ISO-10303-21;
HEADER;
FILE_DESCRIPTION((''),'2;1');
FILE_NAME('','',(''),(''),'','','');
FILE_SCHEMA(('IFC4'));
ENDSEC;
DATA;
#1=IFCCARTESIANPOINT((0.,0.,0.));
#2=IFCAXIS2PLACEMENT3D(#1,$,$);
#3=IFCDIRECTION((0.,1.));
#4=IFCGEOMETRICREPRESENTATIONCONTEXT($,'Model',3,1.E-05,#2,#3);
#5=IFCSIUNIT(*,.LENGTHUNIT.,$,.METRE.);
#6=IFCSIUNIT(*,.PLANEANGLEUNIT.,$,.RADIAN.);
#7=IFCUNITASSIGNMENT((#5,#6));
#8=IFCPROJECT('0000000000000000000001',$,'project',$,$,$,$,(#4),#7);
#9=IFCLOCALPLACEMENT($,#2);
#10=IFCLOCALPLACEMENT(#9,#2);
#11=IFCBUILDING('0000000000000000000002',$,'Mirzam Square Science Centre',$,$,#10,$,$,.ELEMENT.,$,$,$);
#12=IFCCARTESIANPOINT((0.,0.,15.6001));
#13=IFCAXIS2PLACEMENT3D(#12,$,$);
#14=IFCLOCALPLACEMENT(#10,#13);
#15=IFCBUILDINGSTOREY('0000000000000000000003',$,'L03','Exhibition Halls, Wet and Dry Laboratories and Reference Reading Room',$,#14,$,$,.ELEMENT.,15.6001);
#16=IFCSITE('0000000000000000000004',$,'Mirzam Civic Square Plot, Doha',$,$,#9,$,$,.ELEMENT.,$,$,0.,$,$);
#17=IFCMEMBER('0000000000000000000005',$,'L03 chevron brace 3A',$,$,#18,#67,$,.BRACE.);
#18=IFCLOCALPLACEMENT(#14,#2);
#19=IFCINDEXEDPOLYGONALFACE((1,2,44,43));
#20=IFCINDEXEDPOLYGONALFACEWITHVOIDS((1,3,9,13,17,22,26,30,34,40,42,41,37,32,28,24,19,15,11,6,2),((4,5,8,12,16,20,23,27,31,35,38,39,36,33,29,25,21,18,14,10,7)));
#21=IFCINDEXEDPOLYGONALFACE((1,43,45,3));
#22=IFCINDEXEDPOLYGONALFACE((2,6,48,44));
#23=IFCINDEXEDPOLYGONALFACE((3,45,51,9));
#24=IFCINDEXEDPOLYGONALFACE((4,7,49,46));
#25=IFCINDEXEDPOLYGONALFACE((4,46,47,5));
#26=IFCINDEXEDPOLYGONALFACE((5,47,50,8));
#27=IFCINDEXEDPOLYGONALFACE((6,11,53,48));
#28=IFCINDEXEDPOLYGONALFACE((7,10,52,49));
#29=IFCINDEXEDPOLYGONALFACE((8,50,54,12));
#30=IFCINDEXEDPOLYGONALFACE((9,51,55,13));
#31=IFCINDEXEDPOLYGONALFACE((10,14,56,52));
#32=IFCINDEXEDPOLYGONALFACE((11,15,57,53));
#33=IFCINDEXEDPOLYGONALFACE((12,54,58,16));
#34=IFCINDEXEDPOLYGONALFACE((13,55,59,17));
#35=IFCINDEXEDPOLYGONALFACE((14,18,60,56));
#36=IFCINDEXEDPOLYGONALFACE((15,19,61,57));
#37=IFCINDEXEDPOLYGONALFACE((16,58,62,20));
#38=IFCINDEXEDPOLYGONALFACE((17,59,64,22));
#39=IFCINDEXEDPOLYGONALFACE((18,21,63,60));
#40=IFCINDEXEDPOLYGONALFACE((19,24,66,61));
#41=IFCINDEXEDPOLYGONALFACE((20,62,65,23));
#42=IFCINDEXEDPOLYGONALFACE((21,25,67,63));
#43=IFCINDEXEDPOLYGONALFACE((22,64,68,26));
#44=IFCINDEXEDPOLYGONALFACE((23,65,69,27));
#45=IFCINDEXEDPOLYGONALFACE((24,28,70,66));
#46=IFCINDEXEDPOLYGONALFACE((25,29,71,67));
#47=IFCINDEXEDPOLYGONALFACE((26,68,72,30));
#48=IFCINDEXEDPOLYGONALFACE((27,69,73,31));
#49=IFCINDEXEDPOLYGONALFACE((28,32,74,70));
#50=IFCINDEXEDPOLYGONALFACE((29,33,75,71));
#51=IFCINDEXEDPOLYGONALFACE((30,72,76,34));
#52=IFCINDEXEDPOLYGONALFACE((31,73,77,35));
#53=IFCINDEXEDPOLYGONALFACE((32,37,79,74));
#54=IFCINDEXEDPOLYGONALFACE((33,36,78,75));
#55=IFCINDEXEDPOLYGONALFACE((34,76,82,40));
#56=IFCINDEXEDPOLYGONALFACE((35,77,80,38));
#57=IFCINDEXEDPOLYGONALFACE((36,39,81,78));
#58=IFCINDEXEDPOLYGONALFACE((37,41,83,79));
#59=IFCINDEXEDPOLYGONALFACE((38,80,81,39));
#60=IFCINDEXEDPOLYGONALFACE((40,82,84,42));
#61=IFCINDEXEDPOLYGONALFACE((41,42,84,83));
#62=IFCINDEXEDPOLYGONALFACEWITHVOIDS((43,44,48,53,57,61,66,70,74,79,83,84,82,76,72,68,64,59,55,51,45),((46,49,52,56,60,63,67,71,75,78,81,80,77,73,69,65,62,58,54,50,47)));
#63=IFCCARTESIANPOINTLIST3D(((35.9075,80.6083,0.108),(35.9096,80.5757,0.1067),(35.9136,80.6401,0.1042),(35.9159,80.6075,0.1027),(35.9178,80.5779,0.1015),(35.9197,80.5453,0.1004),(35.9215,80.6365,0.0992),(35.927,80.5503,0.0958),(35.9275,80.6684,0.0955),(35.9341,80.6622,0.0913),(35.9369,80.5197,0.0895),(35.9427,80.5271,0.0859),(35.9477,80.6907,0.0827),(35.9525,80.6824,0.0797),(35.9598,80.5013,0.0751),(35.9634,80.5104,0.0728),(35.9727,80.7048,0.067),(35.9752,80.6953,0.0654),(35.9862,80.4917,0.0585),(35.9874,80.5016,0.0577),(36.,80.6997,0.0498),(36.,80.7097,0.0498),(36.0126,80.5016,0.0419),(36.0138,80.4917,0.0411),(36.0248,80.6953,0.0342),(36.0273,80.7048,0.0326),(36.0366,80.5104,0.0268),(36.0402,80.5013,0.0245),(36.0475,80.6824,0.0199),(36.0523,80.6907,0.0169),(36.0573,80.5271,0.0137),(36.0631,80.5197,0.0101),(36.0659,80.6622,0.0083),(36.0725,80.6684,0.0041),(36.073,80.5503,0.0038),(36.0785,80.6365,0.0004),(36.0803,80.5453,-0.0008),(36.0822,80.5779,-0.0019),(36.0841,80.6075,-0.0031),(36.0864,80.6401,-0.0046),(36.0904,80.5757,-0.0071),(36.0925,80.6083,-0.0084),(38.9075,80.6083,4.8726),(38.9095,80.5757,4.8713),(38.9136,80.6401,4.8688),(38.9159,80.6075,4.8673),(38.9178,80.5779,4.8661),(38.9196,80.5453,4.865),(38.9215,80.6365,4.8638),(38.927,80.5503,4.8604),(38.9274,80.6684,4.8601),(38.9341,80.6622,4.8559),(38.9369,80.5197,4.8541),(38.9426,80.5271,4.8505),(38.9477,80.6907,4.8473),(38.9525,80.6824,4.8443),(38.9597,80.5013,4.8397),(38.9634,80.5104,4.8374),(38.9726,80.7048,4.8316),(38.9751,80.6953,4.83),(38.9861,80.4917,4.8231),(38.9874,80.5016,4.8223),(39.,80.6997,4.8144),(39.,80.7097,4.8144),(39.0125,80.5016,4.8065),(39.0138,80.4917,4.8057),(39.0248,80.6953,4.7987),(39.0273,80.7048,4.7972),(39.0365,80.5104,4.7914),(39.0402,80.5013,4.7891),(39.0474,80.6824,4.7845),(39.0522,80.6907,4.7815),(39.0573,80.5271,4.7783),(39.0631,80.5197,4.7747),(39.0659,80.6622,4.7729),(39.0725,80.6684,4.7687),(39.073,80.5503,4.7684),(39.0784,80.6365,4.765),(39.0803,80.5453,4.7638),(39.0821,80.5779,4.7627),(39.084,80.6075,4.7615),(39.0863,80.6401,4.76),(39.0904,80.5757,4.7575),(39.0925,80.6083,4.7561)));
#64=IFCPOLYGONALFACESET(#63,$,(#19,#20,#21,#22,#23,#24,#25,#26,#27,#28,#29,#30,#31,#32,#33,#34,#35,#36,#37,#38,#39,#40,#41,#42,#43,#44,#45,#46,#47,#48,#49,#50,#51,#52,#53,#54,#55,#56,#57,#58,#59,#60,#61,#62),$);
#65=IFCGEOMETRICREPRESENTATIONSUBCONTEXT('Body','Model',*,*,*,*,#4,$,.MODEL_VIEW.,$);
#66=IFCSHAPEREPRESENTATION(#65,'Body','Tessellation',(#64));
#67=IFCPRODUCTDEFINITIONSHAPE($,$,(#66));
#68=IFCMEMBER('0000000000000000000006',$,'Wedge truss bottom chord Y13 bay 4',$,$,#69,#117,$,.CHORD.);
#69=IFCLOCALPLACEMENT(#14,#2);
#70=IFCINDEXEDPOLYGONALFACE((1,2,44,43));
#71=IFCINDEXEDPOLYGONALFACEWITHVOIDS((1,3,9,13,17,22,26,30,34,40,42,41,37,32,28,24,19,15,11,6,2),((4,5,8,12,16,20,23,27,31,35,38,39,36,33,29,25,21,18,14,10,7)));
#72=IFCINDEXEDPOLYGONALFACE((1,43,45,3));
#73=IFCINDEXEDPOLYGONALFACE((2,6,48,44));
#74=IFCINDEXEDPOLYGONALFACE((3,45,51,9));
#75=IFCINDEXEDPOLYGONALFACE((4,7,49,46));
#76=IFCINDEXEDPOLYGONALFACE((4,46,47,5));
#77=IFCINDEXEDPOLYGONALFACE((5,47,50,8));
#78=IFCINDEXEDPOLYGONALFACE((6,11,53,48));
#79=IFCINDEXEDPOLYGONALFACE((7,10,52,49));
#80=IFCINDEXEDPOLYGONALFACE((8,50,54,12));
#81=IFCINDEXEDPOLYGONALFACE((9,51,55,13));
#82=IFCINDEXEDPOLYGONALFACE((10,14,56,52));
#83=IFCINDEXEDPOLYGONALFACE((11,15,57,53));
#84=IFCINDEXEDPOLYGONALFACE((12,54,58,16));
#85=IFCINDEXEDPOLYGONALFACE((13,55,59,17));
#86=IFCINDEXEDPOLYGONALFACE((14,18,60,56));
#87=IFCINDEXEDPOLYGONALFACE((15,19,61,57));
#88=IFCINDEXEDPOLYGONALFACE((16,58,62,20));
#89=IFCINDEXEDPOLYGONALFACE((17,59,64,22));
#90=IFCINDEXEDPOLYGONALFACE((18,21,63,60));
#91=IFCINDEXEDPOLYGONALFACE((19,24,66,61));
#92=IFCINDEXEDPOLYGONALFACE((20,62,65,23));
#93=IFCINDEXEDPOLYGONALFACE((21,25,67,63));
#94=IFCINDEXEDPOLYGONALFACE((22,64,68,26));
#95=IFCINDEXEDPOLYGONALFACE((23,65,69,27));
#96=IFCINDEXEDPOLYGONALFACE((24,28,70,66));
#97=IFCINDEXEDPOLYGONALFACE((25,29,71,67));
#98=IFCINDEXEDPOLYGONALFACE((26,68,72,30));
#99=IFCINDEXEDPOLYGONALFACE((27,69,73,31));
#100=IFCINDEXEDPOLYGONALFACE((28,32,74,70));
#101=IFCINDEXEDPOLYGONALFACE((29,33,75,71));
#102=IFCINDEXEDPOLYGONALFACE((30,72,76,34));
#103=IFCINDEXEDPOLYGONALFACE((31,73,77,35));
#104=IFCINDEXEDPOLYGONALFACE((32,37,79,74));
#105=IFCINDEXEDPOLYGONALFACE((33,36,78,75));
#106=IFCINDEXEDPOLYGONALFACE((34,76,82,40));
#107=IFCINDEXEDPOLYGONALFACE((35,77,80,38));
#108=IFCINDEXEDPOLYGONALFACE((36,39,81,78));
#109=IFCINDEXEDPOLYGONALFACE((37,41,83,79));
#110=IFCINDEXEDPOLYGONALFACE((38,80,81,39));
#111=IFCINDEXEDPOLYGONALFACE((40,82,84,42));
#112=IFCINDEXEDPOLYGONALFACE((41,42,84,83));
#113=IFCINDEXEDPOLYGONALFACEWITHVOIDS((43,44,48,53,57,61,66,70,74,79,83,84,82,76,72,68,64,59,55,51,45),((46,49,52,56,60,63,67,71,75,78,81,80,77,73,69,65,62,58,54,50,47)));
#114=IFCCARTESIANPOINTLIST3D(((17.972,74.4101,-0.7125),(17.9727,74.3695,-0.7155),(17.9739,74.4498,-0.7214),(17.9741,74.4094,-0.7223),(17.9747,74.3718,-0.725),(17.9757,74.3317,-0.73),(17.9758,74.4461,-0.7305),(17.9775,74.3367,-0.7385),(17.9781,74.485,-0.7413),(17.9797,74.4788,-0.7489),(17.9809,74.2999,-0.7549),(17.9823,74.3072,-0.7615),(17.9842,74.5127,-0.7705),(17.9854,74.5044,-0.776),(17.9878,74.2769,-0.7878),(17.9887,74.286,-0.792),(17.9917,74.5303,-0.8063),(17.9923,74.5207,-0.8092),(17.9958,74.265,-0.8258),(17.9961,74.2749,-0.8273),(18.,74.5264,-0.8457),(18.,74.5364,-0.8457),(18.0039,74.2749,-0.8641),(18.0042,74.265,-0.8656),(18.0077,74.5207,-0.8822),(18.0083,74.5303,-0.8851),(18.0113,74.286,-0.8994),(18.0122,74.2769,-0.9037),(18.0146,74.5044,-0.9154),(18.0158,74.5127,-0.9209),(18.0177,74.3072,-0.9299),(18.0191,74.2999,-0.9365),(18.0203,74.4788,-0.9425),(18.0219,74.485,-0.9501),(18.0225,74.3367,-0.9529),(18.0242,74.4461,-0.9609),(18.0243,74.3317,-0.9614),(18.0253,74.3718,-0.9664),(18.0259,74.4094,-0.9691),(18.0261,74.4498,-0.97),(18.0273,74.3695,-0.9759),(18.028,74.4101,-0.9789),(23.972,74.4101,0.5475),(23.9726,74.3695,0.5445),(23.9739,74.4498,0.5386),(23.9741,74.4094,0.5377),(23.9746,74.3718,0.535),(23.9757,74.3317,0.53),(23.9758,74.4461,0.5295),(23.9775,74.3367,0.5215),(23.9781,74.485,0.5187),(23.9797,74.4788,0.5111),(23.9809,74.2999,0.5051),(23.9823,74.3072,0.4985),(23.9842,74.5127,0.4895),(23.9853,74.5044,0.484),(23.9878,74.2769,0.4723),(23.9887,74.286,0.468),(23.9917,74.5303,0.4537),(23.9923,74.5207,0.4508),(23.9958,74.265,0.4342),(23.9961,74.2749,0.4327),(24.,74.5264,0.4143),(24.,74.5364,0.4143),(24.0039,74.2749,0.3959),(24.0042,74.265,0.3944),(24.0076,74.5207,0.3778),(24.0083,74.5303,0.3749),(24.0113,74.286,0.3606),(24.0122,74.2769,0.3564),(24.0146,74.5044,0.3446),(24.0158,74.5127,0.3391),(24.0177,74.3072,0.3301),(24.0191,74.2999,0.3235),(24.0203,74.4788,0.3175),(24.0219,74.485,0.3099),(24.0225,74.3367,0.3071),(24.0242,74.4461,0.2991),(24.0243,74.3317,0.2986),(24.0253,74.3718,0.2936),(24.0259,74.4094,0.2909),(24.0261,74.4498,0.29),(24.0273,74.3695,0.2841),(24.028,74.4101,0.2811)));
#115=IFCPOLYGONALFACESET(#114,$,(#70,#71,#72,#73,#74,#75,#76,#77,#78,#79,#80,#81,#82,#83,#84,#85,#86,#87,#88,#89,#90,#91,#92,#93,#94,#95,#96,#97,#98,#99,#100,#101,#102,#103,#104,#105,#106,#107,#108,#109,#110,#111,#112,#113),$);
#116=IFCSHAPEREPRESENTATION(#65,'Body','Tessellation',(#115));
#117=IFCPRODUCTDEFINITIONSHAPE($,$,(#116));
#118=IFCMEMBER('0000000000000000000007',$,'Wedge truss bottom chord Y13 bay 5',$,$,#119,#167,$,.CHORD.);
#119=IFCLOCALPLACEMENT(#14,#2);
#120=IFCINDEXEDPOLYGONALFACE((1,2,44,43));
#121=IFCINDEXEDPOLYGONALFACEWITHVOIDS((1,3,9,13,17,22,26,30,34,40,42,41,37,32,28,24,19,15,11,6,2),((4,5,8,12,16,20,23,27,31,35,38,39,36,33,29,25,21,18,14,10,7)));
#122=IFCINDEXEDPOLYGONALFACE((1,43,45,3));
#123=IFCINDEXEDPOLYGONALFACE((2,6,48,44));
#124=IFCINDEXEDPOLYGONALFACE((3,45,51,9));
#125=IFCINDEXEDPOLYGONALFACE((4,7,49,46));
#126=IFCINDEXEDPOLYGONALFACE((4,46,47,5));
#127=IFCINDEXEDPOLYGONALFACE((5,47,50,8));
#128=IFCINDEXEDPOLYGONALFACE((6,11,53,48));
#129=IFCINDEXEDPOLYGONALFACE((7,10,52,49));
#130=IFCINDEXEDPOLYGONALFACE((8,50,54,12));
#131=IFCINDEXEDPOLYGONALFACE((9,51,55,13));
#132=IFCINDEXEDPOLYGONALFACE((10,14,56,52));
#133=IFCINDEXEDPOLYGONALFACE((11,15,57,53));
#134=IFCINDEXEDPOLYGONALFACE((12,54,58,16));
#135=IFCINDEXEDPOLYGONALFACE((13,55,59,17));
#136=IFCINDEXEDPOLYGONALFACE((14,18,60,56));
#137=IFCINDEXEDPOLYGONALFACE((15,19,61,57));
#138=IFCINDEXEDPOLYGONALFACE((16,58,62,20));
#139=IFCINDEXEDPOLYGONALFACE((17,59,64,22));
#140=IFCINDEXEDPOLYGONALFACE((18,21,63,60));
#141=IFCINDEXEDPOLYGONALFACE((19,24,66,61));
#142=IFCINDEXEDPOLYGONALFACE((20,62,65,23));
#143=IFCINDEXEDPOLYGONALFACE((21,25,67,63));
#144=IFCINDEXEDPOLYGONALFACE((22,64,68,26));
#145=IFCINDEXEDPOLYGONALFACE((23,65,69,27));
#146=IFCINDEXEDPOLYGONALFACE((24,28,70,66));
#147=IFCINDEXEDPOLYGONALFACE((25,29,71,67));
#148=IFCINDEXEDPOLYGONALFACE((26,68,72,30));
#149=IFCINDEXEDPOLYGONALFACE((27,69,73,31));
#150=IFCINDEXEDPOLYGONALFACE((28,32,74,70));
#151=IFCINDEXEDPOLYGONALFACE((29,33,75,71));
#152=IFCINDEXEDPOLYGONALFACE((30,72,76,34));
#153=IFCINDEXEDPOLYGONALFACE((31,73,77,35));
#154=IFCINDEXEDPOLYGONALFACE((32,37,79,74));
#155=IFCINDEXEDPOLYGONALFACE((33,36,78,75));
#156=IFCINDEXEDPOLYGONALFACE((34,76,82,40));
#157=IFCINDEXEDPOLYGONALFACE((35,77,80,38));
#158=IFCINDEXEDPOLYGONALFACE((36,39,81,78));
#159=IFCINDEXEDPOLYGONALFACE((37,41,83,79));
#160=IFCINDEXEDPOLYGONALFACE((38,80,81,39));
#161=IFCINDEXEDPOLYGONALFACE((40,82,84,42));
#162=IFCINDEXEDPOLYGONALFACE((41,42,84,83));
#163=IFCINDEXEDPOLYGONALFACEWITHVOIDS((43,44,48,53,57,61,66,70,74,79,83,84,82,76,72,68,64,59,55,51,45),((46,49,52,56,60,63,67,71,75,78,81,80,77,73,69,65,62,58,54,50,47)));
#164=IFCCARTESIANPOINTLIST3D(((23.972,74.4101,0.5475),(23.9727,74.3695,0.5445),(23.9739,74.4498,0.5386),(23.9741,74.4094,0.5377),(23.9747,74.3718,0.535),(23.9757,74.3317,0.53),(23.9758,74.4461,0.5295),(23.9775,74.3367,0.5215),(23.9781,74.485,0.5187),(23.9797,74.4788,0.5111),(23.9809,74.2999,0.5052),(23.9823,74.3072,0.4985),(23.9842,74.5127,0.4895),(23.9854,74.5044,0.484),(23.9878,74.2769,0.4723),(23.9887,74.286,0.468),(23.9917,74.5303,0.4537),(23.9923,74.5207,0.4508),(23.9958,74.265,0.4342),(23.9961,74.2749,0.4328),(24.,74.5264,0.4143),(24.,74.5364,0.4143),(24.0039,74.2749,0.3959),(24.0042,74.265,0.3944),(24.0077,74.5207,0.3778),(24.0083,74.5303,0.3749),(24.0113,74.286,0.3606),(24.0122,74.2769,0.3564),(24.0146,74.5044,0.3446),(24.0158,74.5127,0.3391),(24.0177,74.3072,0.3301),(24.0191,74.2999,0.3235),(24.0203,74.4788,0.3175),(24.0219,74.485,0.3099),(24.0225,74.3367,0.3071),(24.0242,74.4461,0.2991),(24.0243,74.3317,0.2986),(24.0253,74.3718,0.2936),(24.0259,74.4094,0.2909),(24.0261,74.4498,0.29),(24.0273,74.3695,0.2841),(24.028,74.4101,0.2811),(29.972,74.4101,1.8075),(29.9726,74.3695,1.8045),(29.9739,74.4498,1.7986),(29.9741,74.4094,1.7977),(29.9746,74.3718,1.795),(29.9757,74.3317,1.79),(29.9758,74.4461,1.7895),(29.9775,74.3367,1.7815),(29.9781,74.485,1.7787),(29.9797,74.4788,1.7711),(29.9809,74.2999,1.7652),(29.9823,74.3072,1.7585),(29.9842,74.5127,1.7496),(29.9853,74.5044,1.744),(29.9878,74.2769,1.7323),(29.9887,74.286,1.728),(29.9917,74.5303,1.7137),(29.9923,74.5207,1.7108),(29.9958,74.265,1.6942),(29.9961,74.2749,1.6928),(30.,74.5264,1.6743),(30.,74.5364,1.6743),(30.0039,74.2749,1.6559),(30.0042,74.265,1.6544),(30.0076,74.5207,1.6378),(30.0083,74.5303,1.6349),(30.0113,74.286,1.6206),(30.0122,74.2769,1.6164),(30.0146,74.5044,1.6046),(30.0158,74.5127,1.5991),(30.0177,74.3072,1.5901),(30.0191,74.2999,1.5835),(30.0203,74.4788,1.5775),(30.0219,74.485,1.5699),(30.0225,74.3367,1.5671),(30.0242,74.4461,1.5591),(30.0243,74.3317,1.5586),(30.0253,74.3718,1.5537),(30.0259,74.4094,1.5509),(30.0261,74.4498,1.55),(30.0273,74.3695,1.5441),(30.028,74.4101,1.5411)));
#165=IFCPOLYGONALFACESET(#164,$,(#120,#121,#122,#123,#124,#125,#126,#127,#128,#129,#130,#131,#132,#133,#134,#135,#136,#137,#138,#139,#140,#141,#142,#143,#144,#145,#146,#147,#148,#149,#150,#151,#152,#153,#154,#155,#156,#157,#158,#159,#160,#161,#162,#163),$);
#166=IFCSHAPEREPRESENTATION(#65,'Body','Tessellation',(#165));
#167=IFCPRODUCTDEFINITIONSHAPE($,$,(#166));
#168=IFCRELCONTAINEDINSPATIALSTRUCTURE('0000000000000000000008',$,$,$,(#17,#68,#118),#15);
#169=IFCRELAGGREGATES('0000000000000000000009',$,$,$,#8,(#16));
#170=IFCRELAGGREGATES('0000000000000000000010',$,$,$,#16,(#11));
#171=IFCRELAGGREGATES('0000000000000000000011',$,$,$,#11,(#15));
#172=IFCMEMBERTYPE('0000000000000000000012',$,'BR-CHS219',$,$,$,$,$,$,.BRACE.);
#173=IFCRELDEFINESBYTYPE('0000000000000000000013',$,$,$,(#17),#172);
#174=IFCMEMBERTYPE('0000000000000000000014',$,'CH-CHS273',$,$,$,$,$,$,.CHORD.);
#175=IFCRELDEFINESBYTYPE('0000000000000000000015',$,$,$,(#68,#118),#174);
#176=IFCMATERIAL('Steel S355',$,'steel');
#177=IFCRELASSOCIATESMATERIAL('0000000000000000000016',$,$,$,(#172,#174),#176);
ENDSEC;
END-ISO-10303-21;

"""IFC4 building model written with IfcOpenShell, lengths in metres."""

from ifc_helpers import new_model, si_unit, direction, frame, origin, origin_2d, place, context, subcontext, project, spatial, hollow_circle, extrude, material, material_profile, profile_set, type_object, element, save


model = new_model("IFC4")

# Units and contexts
model_context = context("Model", 3, precision=1e-05, world=origin(), true_north=direction((0.0, 1.0)))
body_context = subcontext(model_context, "Body", "Model", "MODEL_VIEW")
ifc_project = project(units=[si_unit("LENGTHUNIT", "METRE"), si_unit("PLANEANGLEUNIT", "RADIAN")], contexts=[model_context])

# Site, building, storey
site_placement = place(None, origin())
site = spatial("IfcSite", under=ifc_project, at=site_placement, Name="Mirzam Civic Square Plot, Doha", CompositionType="ELEMENT", RefElevation=0.0)
building_placement = place(site_placement, origin())
building = spatial("IfcBuilding", under=site, at=building_placement, Name="Mirzam Square Science Centre", CompositionType="ELEMENT")
storey_placement = place(building_placement, frame((0.0, 0.0, 15.6001)))
storey = spatial("IfcBuildingStorey", under=building, at=storey_placement, Name="L03", Description="Exhibition Halls, Wet and Dry Laboratories and Reference Reading Room", CompositionType="ELEMENT", Elevation=15.6001)

# Shared definitions
ifc_material_1 = material(Name="Steel S355", Category="steel")

# Members
ifc_material_profile_1 = material_profile(ifc_material_1, hollow_circle(Radius=0.1096, WallThickness=0.01, at=origin_2d()), Name="219.1x10.0CHS")
ifc_profile_set_1 = profile_set([ifc_material_profile_1], Name="Steel S355")
member_type_1 = type_object("IfcMemberType", Name="BR-CHS219", PredefinedType="BRACE", material=ifc_profile_set_1)
member_1_placement = place(storey_placement, frame((36.0, 80.6001, 0.0498), z_axis=(0.532818, 0.0, 0.84623), x_axis=(0.0, 1.0, 0.0)))
element("IfcMember", 1, at=member_1_placement, inside=storey, type_object=member_type_1, Name="L03 chevron brace 3A", PredefinedType="BRACE", context=body_context, shape_type="SweptSolid", body=[
    extrude(hollow_circle(Radius=0.1096, WallThickness=0.01, at=origin_2d()), origin(), (0.0, 0.0, 1.0), 5.6304),
])
ifc_material_profile_2 = material_profile(ifc_material_1, hollow_circle(Radius=0.1365, WallThickness=0.01, at=origin_2d()), Name="273.0x10.0CHS")
ifc_profile_set_2 = profile_set([ifc_material_profile_2], Name="Steel S355")
member_type_2 = type_object("IfcMemberType", Name="CH-CHS273", PredefinedType="CHORD", material=ifc_profile_set_2)
for number, where, z_axis, x_axis, name in (
    (2, (18.0, 74.3999, -0.8457), (0.978653, 0.0, 0.205519), (0.0, 1.0, 0.0), "Wedge truss bottom chord Y13 bay 4"),
    (3, (24.0, 74.3999, 0.4143), (0.978653, 0.0, 0.205519), (0.0, 1.0, 0.0), "Wedge truss bottom chord Y13 bay 5"),
):
    element("IfcMember", number, at=place(storey_placement, frame(where, z_axis=z_axis, x_axis=x_axis)), inside=storey, type_object=member_type_2, Name=name, PredefinedType="CHORD", context=body_context, shape_type="SweptSolid", body=[
        extrude(hollow_circle(Radius=0.1365, WallThickness=0.01, at=origin_2d()), origin(), (0.0, 0.0, 1.0), 6.1309),
    ])

save(model, "model.ifc")
